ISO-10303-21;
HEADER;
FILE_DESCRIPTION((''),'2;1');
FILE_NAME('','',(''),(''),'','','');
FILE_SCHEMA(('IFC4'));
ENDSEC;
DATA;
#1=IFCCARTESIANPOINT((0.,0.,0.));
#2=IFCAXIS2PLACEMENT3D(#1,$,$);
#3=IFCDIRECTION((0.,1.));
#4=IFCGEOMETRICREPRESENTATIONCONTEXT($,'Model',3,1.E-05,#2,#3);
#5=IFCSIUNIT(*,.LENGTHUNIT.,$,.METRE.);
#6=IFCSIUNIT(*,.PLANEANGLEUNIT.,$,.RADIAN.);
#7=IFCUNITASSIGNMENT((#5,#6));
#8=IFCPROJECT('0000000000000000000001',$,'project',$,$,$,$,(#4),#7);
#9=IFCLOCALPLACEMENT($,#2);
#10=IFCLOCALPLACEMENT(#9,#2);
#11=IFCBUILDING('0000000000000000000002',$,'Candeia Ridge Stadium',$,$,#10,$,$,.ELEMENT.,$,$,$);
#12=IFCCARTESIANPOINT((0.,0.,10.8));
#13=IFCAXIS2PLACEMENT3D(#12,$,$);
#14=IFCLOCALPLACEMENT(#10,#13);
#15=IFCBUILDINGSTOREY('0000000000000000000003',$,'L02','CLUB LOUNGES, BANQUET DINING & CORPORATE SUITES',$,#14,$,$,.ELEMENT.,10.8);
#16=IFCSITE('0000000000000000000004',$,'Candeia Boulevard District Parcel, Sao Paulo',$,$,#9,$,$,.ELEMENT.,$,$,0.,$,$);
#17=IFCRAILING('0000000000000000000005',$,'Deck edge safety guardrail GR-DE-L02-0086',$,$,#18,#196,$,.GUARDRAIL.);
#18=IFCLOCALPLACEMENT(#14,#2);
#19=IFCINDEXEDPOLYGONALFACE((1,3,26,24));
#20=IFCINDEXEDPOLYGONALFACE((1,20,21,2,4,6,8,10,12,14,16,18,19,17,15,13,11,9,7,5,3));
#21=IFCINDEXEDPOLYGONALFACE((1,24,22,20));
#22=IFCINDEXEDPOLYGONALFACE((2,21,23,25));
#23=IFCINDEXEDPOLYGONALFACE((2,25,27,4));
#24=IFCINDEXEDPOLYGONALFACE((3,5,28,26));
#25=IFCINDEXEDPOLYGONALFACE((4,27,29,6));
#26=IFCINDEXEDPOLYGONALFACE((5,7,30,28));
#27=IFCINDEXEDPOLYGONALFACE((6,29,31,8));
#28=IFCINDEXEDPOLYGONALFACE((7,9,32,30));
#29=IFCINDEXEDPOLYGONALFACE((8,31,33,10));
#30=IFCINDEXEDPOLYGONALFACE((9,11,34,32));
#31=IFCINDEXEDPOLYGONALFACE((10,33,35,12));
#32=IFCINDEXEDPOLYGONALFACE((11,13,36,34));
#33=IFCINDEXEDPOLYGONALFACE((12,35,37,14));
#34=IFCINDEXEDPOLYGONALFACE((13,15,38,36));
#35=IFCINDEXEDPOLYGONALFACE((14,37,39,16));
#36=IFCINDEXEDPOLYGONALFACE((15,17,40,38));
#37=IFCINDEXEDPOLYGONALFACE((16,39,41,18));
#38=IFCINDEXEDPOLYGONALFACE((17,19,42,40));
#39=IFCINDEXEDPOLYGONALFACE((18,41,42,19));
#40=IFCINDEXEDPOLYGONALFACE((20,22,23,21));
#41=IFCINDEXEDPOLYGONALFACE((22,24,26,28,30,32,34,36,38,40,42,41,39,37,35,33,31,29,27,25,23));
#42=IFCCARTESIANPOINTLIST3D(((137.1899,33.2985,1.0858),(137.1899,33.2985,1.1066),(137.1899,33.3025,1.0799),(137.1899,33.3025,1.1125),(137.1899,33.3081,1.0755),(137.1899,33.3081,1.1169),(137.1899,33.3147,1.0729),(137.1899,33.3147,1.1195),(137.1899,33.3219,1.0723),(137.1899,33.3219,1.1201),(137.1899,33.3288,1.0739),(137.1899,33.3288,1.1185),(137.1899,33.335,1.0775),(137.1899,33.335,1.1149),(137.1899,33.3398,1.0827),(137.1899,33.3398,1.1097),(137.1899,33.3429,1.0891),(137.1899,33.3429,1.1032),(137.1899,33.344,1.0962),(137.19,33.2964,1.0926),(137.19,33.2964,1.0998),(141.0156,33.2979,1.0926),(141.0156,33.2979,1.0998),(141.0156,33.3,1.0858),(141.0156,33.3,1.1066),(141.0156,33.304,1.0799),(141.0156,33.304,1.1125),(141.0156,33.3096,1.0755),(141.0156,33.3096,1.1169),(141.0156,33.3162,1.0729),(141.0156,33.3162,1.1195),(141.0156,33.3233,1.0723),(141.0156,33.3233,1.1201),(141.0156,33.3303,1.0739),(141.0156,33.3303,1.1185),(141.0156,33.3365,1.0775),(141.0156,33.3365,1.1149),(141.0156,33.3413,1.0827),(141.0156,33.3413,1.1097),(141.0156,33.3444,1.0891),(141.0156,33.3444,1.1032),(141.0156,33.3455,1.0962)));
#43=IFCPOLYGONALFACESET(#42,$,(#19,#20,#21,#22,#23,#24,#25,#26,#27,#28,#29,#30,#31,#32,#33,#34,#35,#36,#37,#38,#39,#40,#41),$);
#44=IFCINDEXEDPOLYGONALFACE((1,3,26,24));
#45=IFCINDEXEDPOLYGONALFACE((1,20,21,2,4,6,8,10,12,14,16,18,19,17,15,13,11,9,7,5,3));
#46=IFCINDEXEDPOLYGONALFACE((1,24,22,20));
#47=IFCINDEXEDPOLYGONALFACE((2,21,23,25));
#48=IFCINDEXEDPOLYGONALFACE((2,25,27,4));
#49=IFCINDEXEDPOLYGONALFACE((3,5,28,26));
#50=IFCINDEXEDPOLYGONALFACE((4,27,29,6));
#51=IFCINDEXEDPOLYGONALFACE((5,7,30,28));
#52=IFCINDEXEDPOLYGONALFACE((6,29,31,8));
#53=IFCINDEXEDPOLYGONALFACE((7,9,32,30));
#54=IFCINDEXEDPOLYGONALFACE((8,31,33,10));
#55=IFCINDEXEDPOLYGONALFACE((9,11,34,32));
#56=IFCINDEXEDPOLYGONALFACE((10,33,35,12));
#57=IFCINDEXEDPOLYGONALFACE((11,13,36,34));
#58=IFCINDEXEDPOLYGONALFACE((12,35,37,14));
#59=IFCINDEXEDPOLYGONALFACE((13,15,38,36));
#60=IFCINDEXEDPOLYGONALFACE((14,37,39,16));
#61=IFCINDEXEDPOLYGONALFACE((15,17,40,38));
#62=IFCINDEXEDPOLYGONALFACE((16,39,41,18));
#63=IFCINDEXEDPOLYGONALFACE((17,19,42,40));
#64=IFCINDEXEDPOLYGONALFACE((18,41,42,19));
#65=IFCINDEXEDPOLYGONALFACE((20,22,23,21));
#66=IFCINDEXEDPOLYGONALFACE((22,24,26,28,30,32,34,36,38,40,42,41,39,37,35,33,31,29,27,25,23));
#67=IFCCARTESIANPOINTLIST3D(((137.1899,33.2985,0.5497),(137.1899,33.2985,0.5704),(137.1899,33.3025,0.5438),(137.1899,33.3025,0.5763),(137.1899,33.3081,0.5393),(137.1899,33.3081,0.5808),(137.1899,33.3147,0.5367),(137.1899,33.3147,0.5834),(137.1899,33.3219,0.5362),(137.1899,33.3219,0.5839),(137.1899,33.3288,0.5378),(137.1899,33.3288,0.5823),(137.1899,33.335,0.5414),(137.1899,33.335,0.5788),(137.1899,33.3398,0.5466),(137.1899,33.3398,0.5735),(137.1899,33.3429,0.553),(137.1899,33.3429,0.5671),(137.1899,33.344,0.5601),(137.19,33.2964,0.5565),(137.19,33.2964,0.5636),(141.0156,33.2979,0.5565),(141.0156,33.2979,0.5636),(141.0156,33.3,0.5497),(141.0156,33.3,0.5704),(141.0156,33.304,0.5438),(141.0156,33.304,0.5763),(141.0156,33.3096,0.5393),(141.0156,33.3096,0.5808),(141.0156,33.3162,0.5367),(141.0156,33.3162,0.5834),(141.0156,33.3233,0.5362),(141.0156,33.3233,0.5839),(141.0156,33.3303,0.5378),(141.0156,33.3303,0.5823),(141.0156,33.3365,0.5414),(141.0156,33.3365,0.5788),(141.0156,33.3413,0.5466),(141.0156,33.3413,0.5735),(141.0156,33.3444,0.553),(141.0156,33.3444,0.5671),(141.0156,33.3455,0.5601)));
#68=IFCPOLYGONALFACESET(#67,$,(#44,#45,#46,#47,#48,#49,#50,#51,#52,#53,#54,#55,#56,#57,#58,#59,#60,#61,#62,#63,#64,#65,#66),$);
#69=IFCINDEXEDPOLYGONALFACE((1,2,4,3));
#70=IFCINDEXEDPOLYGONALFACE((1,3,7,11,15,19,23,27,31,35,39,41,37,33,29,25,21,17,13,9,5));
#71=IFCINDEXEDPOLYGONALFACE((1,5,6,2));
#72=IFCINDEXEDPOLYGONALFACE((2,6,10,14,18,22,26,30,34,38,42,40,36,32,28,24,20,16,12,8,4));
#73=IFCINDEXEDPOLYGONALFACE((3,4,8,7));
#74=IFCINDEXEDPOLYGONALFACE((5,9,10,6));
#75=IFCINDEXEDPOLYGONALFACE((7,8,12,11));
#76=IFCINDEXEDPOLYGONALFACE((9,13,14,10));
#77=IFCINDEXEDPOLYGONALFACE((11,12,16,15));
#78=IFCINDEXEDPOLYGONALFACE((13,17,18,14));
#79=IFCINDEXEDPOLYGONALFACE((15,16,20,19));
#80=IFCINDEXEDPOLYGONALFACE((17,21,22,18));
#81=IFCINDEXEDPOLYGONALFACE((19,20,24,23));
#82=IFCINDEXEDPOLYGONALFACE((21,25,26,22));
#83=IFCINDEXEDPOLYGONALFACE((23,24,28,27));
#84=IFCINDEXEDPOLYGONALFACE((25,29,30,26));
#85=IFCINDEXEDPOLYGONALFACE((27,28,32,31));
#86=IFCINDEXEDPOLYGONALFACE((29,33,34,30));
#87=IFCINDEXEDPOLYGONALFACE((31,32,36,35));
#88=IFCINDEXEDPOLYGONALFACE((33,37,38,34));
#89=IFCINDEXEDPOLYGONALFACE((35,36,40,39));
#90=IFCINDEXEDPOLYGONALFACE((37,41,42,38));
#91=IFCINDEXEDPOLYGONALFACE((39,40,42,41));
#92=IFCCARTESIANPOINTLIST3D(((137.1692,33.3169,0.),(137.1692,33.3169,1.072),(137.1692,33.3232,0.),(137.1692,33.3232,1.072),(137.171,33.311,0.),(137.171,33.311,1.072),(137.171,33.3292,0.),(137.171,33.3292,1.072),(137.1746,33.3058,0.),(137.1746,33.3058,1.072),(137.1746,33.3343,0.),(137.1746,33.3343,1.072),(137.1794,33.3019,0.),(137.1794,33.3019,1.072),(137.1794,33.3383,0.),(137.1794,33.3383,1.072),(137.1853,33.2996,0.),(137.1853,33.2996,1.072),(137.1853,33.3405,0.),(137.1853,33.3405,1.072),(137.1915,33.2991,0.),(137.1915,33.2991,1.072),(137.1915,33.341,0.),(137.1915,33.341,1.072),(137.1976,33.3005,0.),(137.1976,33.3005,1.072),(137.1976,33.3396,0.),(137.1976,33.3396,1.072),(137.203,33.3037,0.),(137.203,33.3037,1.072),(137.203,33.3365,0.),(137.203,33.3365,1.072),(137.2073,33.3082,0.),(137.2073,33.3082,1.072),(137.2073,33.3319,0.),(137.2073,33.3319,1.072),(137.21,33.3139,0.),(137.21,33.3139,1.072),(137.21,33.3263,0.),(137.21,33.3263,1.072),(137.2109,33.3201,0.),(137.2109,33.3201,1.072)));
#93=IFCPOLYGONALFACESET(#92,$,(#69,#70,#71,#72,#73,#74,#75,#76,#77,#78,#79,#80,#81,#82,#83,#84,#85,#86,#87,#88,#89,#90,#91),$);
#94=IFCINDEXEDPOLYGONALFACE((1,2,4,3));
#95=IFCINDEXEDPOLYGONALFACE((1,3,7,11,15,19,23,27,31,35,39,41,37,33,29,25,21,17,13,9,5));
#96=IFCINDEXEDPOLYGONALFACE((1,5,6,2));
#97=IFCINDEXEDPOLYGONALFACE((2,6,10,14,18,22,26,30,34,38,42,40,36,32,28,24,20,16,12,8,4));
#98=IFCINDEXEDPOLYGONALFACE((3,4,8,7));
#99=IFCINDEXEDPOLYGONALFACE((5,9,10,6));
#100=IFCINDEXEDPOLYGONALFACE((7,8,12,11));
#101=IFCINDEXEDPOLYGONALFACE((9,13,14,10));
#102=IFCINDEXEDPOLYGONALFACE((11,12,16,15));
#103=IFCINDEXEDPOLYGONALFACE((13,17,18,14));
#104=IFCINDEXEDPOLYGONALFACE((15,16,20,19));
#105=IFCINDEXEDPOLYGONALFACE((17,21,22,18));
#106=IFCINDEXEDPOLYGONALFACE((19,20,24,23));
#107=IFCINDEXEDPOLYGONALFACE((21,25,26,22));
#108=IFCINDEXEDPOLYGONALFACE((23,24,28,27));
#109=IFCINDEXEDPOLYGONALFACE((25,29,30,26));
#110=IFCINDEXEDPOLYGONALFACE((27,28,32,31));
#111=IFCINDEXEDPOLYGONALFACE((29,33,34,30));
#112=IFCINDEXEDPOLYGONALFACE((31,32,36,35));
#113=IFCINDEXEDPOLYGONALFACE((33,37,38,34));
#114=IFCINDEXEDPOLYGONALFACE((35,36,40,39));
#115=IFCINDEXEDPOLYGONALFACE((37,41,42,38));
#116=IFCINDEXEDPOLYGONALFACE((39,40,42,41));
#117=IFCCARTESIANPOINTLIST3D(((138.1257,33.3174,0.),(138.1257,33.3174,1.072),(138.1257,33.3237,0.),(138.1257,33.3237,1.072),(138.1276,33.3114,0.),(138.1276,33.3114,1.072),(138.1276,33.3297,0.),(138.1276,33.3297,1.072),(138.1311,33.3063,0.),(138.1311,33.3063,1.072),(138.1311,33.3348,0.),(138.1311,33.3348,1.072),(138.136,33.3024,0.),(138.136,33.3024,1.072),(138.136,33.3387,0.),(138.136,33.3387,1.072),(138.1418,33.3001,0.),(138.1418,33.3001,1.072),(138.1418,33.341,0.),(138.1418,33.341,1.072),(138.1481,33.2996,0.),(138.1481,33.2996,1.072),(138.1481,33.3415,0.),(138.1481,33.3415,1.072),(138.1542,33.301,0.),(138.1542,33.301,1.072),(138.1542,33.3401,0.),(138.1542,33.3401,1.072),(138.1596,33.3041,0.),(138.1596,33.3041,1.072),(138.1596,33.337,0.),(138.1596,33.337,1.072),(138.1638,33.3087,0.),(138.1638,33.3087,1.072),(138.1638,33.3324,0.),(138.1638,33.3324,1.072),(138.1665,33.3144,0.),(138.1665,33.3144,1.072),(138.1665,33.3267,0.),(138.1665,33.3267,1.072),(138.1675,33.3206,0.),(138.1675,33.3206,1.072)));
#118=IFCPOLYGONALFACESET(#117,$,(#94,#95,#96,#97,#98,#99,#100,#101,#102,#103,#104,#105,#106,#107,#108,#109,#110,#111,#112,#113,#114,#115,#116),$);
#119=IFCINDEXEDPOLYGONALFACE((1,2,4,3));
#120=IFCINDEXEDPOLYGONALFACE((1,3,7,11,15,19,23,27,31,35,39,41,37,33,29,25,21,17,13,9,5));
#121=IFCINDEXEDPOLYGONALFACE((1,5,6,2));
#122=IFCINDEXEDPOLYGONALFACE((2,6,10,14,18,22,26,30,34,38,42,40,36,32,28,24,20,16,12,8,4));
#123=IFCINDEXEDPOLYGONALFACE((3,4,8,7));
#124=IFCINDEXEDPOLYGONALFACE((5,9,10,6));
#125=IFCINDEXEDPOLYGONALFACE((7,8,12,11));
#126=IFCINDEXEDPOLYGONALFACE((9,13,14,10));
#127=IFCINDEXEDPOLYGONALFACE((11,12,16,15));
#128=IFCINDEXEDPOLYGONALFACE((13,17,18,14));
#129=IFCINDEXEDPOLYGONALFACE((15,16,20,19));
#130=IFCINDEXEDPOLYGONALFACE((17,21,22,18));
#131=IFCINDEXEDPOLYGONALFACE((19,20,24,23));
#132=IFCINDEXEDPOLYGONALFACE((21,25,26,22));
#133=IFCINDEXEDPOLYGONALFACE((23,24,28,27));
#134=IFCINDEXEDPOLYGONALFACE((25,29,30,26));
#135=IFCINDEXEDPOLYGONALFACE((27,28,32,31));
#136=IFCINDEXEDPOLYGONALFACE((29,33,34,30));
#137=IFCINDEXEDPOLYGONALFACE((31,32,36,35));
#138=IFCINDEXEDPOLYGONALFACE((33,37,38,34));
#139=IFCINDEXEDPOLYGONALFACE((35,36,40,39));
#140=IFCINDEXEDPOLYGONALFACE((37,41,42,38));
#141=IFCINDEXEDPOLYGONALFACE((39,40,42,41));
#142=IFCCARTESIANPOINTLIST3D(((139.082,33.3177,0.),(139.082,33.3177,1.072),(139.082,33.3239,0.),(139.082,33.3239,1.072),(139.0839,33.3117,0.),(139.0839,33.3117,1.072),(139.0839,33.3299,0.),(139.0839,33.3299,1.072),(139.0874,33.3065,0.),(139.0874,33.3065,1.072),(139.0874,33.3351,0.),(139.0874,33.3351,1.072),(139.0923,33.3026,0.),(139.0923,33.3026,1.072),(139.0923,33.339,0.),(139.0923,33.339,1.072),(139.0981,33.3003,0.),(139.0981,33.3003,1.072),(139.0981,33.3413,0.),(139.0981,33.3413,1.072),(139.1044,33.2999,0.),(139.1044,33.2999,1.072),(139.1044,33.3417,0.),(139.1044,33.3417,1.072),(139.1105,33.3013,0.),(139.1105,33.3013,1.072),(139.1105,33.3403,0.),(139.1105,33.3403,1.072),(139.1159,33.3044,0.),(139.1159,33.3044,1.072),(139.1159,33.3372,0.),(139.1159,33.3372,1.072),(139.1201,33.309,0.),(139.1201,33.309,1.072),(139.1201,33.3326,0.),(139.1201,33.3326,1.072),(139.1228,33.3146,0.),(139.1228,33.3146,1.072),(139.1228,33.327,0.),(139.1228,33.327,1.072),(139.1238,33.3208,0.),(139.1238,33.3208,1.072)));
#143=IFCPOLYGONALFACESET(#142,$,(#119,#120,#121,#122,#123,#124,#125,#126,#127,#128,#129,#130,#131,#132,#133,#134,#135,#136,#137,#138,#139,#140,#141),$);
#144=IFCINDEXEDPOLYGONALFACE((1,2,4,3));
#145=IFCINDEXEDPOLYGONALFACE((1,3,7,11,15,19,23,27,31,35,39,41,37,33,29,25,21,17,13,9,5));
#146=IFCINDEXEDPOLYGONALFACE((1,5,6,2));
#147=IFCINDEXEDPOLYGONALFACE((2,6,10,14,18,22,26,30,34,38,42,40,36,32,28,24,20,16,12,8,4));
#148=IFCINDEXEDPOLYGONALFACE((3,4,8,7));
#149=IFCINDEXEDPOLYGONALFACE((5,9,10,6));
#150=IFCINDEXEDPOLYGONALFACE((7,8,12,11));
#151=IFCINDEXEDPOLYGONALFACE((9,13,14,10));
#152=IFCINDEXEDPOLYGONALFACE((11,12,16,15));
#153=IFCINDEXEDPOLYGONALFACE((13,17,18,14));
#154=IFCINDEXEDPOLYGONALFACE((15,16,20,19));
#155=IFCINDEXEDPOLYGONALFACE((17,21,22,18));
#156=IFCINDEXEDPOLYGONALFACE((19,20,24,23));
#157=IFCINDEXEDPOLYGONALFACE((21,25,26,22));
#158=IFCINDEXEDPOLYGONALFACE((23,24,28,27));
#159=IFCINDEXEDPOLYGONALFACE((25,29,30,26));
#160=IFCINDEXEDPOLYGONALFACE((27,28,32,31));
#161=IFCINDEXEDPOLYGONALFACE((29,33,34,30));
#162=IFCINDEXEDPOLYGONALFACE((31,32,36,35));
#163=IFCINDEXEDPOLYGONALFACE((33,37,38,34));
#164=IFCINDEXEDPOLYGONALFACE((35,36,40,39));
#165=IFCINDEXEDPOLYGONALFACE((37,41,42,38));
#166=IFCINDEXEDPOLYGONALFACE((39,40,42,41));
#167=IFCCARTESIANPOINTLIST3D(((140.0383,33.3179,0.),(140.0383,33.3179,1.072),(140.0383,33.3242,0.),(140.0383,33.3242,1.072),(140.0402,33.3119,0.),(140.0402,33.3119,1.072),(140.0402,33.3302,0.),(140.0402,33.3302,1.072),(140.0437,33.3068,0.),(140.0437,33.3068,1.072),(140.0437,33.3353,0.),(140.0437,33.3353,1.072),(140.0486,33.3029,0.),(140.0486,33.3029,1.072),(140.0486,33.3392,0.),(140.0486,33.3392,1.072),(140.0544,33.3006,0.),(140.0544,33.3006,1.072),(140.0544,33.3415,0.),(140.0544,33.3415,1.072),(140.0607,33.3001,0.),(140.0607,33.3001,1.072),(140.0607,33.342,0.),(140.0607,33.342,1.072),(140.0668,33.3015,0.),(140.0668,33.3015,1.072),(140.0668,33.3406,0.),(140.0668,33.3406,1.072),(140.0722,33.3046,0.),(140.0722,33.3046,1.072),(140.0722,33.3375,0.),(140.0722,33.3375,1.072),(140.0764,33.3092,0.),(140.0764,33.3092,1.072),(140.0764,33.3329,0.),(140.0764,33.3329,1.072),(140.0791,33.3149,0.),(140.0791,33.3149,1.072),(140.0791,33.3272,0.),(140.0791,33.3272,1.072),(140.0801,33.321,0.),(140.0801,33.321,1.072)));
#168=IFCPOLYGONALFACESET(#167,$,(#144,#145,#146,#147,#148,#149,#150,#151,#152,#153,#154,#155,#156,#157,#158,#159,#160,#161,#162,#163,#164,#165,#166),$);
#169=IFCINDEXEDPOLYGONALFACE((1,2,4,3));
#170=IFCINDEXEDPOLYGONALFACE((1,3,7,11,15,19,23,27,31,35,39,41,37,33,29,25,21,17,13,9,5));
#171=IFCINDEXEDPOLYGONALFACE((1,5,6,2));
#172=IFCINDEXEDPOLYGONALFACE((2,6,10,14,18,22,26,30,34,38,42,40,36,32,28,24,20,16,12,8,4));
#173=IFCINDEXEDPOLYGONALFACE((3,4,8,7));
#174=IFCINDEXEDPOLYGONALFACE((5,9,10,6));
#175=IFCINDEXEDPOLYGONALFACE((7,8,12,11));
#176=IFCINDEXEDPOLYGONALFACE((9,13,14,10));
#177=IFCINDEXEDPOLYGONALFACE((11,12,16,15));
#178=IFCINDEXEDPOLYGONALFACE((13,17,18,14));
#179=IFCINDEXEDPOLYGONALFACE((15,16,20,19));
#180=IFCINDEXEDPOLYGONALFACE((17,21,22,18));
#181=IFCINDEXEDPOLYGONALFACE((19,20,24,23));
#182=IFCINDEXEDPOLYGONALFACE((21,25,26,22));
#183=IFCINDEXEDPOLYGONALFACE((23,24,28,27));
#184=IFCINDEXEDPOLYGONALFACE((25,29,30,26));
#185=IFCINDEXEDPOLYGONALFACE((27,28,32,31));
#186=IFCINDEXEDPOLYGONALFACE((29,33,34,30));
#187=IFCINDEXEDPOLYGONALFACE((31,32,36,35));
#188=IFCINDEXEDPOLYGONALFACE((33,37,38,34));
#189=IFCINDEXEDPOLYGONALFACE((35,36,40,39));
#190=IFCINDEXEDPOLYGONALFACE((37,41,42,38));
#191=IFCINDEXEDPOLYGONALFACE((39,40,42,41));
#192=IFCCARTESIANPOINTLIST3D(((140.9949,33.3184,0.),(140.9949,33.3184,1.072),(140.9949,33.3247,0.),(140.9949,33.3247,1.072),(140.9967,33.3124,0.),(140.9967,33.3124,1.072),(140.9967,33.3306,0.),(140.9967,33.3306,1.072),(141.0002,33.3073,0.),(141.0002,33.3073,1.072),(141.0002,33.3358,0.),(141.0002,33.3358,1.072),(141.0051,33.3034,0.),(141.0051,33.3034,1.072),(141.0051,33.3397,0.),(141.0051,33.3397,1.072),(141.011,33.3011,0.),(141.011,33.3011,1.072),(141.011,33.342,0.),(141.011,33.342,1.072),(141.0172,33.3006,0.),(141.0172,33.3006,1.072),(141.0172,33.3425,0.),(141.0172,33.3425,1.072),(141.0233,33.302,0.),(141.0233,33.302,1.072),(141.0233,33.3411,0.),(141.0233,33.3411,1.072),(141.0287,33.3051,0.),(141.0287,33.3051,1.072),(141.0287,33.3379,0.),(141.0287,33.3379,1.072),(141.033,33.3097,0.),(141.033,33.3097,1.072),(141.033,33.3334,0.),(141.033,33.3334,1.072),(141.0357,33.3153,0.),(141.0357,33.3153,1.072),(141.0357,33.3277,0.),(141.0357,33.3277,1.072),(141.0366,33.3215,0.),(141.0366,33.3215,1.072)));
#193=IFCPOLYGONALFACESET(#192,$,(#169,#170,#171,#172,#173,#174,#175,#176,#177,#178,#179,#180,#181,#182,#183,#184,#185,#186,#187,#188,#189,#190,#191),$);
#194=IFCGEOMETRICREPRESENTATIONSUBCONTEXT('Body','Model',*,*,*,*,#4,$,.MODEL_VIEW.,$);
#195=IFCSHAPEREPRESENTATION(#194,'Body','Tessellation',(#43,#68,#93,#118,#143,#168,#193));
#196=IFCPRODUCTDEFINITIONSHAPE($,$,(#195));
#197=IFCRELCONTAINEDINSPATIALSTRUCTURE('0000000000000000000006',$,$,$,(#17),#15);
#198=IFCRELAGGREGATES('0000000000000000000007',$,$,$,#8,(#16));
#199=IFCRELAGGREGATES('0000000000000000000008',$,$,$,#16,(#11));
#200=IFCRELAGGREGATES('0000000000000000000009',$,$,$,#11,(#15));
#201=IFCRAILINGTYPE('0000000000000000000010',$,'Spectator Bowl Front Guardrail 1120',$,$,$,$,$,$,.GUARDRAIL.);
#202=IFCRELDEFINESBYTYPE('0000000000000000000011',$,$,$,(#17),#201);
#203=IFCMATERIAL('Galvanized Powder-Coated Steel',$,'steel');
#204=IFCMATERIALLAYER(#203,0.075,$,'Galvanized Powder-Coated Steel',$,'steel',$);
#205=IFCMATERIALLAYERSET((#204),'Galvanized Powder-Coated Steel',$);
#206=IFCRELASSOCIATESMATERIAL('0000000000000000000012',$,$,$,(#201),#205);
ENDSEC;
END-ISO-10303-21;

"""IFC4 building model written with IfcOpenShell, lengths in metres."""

from ifc_helpers import new_model, si_unit, direction, frame, origin, origin_2d, place, context, subcontext, project, spatial, circle, extrude, material, layer, layer_set, type_object, element, save


model = new_model("IFC4")

# Units and contexts
model_context = context("Model", 3, precision=1e-05, world=origin(), true_north=direction((0.0, 1.0)))
body_context = subcontext(model_context, "Body", "Model", "MODEL_VIEW")
ifc_project = project(units=[si_unit("LENGTHUNIT", "METRE"), si_unit("PLANEANGLEUNIT", "RADIAN")], contexts=[model_context])

# Site, building, storey
site_placement = place(None, origin())
site = spatial("IfcSite", under=ifc_project, at=site_placement, Name="Candeia Boulevard District Parcel, Sao Paulo", CompositionType="ELEMENT", RefElevation=0.0)
building_placement = place(site_placement, origin())
building = spatial("IfcBuilding", under=site, at=building_placement, Name="Candeia Ridge Stadium", CompositionType="ELEMENT")
storey_placement = place(building_placement, frame((0.0, 0.0, 10.8)))
storey = spatial("IfcBuildingStorey", under=building, at=storey_placement, Name="L02", Description="CLUB LOUNGES, BANQUET DINING & CORPORATE SUITES", CompositionType="ELEMENT", Elevation=10.8)

# Railing
ifc_material_1 = material(Name="Galvanized Powder-Coated Steel", Category="steel")
ifc_layer_1 = layer(ifc_material_1, 0.075, Name="Galvanized Powder-Coated Steel", Category="steel")
ifc_layer_set_1 = layer_set([ifc_layer_1], Name="Galvanized Powder-Coated Steel")
railing_type = type_object("IfcRailingType", Name="Spectator Bowl Front Guardrail 1120", PredefinedType="GUARDRAIL", material=ifc_layer_set_1)
railing_1_placement = place(storey_placement, frame((137.1899, 33.3201, 0.0)))
element("IfcRailing", 1, at=railing_1_placement, inside=storey, type_object=railing_type, Name="Deck edge safety guardrail GR-DE-L02-0086", PredefinedType="GUARDRAIL", context=body_context, shape_type="SweptSolid", body=[
    extrude(circle(Radius=0.0239, at=origin_2d()), frame((0.0, 0.0, 1.0962), z_axis=(1.0, 0.000383, 0.0), x_axis=(-0.000383, 1.0, 0.0)), (0.0, 0.0, 1.0), 3.8257),
    extrude(circle(Radius=0.0239, at=origin_2d()), frame((0.0, 0.0, 0.5601), z_axis=(1.0, 0.000383, 0.0), x_axis=(-0.000383, 1.0, 0.0)), (0.0, 0.0, 1.0), 3.8257),
    extrude(circle(Radius=0.021, at=origin_2d()), origin(), (0.0, 0.0, 1.0), 1.072),
    extrude(circle(Radius=0.021, at=origin_2d()), frame((0.9565, 0.0005, 0.0)), (0.0, 0.0, 1.0), 1.072),
    extrude(circle(Radius=0.021, at=origin_2d()), frame((1.9128, 0.0007, 0.0)), (0.0, 0.0, 1.0), 1.072),
    extrude(circle(Radius=0.021, at=origin_2d()), frame((2.8691, 0.001, 0.0)), (0.0, 0.0, 1.0), 1.072),
    extrude(circle(Radius=0.021, at=origin_2d()), frame((3.8257, 0.0015, 0.0)), (0.0, 0.0, 1.0), 1.072),
])

save(model, "model.ifc")
